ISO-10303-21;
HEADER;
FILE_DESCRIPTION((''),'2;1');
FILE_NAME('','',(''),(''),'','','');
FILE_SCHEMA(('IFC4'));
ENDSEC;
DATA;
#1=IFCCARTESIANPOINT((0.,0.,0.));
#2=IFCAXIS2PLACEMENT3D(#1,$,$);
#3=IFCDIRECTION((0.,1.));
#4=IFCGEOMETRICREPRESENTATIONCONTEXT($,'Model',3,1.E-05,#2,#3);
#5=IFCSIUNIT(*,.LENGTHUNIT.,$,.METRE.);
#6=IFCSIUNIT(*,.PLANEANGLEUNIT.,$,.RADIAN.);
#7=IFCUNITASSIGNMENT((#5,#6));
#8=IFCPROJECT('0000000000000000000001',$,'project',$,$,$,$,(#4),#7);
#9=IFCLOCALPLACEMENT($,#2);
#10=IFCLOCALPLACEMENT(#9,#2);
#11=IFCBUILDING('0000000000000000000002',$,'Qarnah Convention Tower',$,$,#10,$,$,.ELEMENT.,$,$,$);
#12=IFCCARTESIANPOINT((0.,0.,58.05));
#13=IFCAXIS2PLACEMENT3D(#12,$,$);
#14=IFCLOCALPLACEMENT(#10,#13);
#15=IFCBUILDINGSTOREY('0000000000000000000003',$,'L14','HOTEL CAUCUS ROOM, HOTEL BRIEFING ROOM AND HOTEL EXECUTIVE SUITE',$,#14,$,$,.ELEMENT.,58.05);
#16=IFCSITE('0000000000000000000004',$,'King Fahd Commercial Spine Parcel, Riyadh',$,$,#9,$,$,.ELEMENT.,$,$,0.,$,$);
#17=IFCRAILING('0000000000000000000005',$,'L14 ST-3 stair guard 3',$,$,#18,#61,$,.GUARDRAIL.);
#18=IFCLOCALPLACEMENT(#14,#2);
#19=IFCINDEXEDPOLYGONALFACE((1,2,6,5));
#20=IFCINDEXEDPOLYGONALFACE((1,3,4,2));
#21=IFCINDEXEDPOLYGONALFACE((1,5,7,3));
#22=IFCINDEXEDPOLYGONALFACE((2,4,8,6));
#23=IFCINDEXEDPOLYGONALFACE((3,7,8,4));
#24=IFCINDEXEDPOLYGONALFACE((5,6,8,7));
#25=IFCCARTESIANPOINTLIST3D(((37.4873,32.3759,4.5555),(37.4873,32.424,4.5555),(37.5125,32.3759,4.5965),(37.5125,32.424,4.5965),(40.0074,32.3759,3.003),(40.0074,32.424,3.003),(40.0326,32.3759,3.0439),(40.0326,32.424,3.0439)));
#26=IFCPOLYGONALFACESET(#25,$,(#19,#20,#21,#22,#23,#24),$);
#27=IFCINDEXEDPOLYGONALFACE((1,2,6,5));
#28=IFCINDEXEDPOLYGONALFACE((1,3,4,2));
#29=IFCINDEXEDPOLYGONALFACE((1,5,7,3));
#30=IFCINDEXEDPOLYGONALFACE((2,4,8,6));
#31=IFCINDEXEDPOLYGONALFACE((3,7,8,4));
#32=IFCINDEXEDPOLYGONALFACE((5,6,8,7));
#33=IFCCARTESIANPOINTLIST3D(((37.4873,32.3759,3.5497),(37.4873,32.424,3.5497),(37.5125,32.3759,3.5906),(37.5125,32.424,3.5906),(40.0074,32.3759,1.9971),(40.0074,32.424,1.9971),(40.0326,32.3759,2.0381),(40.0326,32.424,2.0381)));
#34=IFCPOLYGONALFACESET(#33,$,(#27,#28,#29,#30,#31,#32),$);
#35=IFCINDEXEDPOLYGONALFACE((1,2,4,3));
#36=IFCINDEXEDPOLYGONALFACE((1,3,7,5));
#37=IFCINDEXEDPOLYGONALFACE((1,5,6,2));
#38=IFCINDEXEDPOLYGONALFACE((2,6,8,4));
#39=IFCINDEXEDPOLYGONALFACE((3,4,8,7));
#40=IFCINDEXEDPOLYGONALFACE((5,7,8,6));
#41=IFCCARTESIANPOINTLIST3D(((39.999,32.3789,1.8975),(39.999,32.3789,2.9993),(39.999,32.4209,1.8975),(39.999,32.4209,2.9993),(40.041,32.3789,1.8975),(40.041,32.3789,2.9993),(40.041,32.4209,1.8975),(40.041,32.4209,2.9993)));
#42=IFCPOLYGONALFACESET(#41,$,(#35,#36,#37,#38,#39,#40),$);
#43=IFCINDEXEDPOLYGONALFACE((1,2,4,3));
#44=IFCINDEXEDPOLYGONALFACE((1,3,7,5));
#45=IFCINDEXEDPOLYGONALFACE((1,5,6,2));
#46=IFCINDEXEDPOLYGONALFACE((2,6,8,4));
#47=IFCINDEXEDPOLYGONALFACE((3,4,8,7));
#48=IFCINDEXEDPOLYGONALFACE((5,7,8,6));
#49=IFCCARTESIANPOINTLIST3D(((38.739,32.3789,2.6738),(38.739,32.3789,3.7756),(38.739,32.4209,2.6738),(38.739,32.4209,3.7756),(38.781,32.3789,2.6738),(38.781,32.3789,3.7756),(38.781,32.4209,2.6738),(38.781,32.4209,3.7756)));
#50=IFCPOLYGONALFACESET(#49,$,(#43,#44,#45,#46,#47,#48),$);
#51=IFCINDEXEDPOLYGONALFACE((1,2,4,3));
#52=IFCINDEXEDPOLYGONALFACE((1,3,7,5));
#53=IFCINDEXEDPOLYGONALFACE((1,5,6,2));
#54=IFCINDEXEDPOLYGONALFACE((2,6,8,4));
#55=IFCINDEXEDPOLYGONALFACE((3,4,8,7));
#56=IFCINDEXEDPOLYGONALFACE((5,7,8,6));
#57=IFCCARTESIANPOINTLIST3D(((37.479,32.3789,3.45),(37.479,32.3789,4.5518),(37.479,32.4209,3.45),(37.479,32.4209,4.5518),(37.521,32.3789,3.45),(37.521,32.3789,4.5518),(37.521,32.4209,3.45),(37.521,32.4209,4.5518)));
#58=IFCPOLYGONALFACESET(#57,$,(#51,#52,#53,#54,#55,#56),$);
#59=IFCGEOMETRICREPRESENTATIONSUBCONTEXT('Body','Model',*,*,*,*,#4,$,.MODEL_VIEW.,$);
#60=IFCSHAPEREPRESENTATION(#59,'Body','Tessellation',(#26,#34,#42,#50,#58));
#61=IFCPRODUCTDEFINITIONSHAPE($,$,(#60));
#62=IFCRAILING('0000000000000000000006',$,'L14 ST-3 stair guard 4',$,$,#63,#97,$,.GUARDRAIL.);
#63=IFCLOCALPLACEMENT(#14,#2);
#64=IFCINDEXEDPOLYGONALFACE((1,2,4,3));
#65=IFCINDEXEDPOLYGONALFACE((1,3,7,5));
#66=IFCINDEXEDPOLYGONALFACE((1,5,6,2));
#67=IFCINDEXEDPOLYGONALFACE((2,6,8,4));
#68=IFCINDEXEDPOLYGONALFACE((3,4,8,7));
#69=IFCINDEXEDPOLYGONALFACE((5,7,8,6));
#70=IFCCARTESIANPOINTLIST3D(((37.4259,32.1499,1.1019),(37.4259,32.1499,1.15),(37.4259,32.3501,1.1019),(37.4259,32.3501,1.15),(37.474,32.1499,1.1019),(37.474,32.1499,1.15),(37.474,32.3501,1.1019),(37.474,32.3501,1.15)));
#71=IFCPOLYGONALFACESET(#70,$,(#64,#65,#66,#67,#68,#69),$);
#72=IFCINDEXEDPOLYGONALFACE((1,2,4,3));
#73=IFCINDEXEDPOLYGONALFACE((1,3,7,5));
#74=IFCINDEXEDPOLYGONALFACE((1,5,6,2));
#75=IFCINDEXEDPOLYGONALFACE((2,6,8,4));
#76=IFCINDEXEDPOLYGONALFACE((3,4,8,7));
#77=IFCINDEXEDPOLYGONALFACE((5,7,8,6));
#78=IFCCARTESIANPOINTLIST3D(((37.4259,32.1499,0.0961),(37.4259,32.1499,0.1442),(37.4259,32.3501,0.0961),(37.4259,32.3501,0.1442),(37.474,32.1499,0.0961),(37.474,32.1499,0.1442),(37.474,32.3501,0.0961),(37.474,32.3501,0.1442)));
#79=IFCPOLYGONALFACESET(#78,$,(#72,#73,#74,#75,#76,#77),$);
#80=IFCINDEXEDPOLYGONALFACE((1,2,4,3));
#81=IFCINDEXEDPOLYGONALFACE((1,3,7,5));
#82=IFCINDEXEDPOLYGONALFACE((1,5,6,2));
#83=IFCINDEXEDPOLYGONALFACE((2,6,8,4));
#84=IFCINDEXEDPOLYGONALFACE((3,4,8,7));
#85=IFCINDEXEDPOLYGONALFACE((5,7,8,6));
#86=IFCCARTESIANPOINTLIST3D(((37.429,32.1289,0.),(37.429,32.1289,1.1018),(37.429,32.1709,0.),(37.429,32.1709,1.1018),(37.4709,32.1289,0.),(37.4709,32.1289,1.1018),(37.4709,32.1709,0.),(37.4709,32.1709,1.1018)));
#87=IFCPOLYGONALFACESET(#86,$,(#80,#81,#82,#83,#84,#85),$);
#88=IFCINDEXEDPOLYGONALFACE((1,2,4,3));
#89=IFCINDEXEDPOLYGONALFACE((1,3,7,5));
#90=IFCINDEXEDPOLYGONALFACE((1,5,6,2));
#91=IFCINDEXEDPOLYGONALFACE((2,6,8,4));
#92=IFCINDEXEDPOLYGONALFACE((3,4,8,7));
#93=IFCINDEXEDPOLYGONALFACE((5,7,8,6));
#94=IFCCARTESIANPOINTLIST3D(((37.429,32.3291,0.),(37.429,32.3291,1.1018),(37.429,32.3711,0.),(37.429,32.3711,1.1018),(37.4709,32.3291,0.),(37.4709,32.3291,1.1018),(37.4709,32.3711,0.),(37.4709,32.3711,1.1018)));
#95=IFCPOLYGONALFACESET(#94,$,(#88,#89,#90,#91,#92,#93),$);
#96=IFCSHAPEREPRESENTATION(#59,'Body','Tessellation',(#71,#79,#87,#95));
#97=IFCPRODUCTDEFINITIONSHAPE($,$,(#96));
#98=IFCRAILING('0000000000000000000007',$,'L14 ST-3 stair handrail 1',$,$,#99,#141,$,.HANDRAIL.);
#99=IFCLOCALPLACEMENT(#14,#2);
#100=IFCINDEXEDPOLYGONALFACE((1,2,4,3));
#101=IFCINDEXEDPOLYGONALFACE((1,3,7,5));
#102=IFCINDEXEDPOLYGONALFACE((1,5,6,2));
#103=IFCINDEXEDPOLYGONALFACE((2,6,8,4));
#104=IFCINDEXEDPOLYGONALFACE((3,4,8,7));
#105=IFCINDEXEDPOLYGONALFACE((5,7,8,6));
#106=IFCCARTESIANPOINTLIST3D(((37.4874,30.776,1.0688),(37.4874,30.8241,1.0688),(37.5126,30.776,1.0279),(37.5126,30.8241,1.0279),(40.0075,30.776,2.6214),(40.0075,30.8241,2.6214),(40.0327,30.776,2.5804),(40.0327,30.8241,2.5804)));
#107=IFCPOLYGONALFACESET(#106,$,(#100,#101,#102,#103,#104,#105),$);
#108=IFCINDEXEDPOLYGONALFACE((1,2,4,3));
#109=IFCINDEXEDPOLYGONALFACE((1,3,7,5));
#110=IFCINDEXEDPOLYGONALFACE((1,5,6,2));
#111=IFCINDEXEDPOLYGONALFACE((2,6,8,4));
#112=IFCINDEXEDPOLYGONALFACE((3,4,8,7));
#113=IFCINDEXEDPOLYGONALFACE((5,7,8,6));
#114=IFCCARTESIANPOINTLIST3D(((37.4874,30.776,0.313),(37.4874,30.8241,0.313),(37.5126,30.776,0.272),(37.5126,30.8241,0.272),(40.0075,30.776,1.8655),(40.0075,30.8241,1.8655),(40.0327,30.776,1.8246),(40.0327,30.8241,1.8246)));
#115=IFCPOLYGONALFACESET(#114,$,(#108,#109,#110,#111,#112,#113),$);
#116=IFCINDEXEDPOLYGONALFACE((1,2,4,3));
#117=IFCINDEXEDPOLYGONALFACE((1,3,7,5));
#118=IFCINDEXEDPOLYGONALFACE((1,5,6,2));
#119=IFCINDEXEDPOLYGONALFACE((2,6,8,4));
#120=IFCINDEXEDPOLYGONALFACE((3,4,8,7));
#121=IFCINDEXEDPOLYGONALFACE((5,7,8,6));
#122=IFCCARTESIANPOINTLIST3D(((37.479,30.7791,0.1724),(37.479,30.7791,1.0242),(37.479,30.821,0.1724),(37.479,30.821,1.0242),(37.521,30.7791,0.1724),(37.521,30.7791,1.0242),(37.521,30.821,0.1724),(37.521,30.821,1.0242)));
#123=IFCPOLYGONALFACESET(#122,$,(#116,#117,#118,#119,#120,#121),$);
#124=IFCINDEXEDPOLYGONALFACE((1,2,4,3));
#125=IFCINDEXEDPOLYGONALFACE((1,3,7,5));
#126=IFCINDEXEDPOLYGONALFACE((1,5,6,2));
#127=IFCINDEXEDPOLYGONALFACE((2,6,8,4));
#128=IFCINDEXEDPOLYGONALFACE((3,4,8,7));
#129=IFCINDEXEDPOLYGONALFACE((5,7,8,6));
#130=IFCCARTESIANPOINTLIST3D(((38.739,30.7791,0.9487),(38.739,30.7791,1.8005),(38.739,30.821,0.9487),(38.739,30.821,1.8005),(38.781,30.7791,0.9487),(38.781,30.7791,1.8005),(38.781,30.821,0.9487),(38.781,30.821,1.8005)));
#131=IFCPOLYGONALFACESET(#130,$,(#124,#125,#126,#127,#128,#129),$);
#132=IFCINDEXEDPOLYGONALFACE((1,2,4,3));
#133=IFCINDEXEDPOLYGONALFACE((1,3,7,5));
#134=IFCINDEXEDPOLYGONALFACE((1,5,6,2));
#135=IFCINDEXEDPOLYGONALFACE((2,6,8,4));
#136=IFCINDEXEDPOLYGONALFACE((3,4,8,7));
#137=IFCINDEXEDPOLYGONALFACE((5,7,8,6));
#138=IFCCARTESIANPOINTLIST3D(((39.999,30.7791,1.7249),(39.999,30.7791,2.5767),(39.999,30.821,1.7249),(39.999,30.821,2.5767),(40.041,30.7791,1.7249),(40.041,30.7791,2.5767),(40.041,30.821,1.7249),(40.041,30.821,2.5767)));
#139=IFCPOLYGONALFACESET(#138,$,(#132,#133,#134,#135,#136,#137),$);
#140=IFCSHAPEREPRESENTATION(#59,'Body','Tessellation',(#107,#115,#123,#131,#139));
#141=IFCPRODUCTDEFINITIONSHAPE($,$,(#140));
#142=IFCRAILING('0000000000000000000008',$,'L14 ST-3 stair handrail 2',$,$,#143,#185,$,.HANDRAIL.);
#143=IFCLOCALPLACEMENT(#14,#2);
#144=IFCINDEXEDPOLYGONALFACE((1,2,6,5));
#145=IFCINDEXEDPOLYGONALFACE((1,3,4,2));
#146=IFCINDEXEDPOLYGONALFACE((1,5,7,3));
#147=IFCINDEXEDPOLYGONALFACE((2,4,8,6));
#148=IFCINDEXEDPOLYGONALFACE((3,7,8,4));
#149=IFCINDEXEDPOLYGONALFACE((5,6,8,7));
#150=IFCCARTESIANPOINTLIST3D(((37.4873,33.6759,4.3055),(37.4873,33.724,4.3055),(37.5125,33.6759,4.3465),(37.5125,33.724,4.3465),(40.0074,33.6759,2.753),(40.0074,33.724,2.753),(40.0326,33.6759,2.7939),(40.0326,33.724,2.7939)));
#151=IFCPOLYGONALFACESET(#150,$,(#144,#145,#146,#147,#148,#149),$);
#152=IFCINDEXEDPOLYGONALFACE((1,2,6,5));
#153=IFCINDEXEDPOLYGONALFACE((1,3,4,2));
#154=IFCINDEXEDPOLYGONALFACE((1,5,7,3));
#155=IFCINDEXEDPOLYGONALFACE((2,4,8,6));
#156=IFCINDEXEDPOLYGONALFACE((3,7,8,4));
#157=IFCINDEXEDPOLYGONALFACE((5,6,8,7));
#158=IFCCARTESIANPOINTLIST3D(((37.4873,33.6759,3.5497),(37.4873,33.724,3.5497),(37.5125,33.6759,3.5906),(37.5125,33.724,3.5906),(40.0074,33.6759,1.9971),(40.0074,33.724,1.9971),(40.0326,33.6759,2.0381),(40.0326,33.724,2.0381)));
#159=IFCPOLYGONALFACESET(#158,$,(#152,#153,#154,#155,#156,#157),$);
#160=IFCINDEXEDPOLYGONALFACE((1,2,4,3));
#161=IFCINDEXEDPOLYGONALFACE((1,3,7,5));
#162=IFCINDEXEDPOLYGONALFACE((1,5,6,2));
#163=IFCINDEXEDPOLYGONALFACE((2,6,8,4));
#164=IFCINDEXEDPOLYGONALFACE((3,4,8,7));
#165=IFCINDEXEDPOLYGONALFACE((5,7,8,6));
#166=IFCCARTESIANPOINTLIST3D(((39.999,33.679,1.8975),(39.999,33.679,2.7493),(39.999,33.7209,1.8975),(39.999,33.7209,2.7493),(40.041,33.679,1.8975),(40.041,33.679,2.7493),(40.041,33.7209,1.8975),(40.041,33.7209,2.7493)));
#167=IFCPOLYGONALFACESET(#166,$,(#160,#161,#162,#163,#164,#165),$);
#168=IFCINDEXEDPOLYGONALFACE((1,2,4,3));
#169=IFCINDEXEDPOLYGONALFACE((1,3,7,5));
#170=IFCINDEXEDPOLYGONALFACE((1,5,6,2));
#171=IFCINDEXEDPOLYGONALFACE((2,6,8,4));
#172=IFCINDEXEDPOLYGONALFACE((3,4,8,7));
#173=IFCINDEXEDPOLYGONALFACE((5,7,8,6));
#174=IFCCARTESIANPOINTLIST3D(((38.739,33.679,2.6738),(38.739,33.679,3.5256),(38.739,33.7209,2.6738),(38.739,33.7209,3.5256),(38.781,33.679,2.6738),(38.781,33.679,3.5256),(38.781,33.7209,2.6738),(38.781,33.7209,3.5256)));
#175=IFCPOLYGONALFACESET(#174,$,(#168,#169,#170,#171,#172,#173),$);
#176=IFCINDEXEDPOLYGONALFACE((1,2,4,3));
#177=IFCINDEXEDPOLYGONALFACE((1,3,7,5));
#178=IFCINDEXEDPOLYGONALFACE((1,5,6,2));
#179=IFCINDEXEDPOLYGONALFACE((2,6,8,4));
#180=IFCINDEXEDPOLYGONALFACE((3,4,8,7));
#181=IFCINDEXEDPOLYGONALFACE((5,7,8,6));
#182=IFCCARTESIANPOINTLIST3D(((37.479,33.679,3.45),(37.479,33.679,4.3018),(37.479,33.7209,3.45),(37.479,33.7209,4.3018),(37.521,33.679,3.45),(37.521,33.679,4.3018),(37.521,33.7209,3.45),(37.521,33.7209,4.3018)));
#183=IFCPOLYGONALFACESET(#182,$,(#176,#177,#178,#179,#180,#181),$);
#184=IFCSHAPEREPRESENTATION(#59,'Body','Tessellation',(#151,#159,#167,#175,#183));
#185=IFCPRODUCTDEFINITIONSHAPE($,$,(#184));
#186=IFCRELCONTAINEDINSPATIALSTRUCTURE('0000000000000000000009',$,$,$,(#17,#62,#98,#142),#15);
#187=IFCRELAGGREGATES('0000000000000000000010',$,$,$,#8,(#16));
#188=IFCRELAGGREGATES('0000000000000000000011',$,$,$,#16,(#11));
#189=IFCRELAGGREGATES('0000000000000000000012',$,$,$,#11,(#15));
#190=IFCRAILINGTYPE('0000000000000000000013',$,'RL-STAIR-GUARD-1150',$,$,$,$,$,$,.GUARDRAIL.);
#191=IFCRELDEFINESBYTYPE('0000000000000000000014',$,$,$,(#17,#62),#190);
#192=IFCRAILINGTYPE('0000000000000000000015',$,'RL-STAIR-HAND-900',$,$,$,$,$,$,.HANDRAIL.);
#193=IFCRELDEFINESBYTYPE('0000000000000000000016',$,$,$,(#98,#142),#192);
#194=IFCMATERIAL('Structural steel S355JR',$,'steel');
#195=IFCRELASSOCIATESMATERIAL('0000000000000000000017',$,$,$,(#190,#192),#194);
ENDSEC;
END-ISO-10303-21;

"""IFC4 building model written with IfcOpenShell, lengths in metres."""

from ifc_helpers import new_model, si_unit, direction, frame, origin, origin_2d, place, context, subcontext, project, spatial, rectangle, extrude, material, type_object, element, save


model = new_model("IFC4")

# Units and contexts
model_context = context("Model", 3, precision=1e-05, world=origin(), true_north=direction((0.0, 1.0)))
body_context = subcontext(model_context, "Body", "Model", "MODEL_VIEW")
ifc_project = project(units=[si_unit("LENGTHUNIT", "METRE"), si_unit("PLANEANGLEUNIT", "RADIAN")], contexts=[model_context])

# Site, building, storey
site_placement = place(None, origin())
site = spatial("IfcSite", under=ifc_project, at=site_placement, Name="King Fahd Commercial Spine Parcel, Riyadh", CompositionType="ELEMENT", RefElevation=0.0)
building_placement = place(site_placement, origin())
building = spatial("IfcBuilding", under=site, at=building_placement, Name="Qarnah Convention Tower", CompositionType="ELEMENT")
storey_placement = place(building_placement, frame((0.0, 0.0, 58.05)))
storey = spatial("IfcBuildingStorey", under=building, at=storey_placement, Name="L14", Description="HOTEL CAUCUS ROOM, HOTEL BRIEFING ROOM AND HOTEL EXECUTIVE SUITE", CompositionType="ELEMENT", Elevation=58.05)

# Shared definitions
ifc_material_1 = material(Name="Structural steel S355JR", Category="steel")

# Railings
railing_type_1 = type_object("IfcRailingType", Name="RL-STAIR-GUARD-1150", PredefinedType="GUARDRAIL", material=ifc_material_1)
railing_1_placement = place(storey_placement, frame((40.02, 32.3999, 1.8975)))
element("IfcRailing", 1, at=railing_1_placement, inside=storey, type_object=railing_type_1, Name="L14 ST-3 stair guard 3", PredefinedType="GUARDRAIL", context=body_context, shape_type="SweptSolid", body=[
    extrude(rectangle(XDim=0.0481, YDim=0.0481, at=origin_2d()), frame((0.0, 0.0, 1.126), z_axis=(-0.8514, 0.0, 0.524516), x_axis=(0.0, -1.0, 0.0)), (0.0, 0.0, 1.0), 2.96),
    extrude(rectangle(XDim=0.0481, YDim=0.0481, at=origin_2d()), frame((0.0, 0.0, 0.1201), z_axis=(-0.8514, 0.0, 0.524516), x_axis=(0.0, -1.0, 0.0)), (0.0, 0.0, 1.0), 2.96),
    extrude(rectangle(XDim=0.042, YDim=0.042, at=origin_2d()), origin(), (0.0, 0.0, 1.0), 1.1018),
    extrude(rectangle(XDim=0.042, YDim=0.042, at=origin_2d()), frame((-1.26, 0.0, 0.7764)), (0.0, 0.0, 1.0), 1.1018),
    extrude(rectangle(XDim=0.042, YDim=0.042, at=origin_2d()), frame((-2.52, 0.0, 1.5525)), (0.0, 0.0, 1.0), 1.1018),
])
railing_2_placement = place(storey_placement, frame((37.45, 32.1499, 0.0)))
element("IfcRailing", 2, at=railing_2_placement, inside=storey, type_object=railing_type_1, Name="L14 ST-3 stair guard 4", PredefinedType="GUARDRAIL", context=body_context, shape_type="SweptSolid", body=[
    extrude(rectangle(XDim=0.0481, YDim=0.0481, at=origin_2d()), frame((0.0, 0.0, 1.126), z_axis=(0.0, 1.0, 0.0), x_axis=(-1.0, 0.0, 0.0)), (0.0, 0.0, 1.0), 0.2002),
    extrude(rectangle(XDim=0.0481, YDim=0.0481, at=origin_2d()), frame((0.0, 0.0, 0.1201), z_axis=(0.0, 1.0, 0.0), x_axis=(-1.0, 0.0, 0.0)), (0.0, 0.0, 1.0), 0.2002),
    extrude(rectangle(XDim=0.042, YDim=0.042, at=origin_2d()), origin(), (0.0, 0.0, 1.0), 1.1018),
    extrude(rectangle(XDim=0.042, YDim=0.042, at=origin_2d()), frame((0.0, 0.2002, 0.0)), (0.0, 0.0, 1.0), 1.1018),
])
railing_type_2 = type_object("IfcRailingType", Name="RL-STAIR-HAND-900", PredefinedType="HANDRAIL", material=ifc_material_1)
railing_3_placement = place(storey_placement, frame((37.5, 30.8, 0.1724)))
element("IfcRailing", 3, at=railing_3_placement, inside=storey, type_object=railing_type_2, Name="L14 ST-3 stair handrail 1", PredefinedType="HANDRAIL", context=body_context, shape_type="SweptSolid", body=[
    extrude(rectangle(XDim=0.0481, YDim=0.0481, at=origin_2d()), frame((0.0, 0.0, 0.876), z_axis=(0.8514, 0.0, 0.524516), x_axis=(0.0, 1.0, 0.0)), (0.0, 0.0, 1.0), 2.96),
    extrude(rectangle(XDim=0.0481, YDim=0.0481, at=origin_2d()), frame((0.0, 0.0, 0.1201), z_axis=(0.8514, 0.0, 0.524516), x_axis=(0.0, 1.0, 0.0)), (0.0, 0.0, 1.0), 2.96),
    extrude(rectangle(XDim=0.042, YDim=0.042, at=origin_2d()), origin(), (0.0, 0.0, 1.0), 0.8518),
    extrude(rectangle(XDim=0.042, YDim=0.042, at=origin_2d()), frame((1.26, 0.0, 0.7764)), (0.0, 0.0, 1.0), 0.8518),
    extrude(rectangle(XDim=0.042, YDim=0.042, at=origin_2d()), frame((2.52, 0.0, 1.5525)), (0.0, 0.0, 1.0), 0.8518),
])
railing_4_placement = place(storey_placement, frame((40.02, 33.7, 1.8975)))
element("IfcRailing", 4, at=railing_4_placement, inside=storey, type_object=railing_type_2, Name="L14 ST-3 stair handrail 2", PredefinedType="HANDRAIL", context=body_context, shape_type="SweptSolid", body=[
    extrude(rectangle(XDim=0.0481, YDim=0.0481, at=origin_2d()), frame((0.0, 0.0, 0.876), z_axis=(-0.8514, 0.0, 0.524516), x_axis=(0.0, -1.0, 0.0)), (0.0, 0.0, 1.0), 2.96),
    extrude(rectangle(XDim=0.0481, YDim=0.0481, at=origin_2d()), frame((0.0, 0.0, 0.1201), z_axis=(-0.8514, 0.0, 0.524516), x_axis=(0.0, -1.0, 0.0)), (0.0, 0.0, 1.0), 2.96),
    extrude(rectangle(XDim=0.042, YDim=0.042, at=origin_2d()), origin(), (0.0, 0.0, 1.0), 0.8518),
    extrude(rectangle(XDim=0.042, YDim=0.042, at=origin_2d()), frame((-1.26, 0.0, 0.7764)), (0.0, 0.0, 1.0), 0.8518),
    extrude(rectangle(XDim=0.042, YDim=0.042, at=origin_2d()), frame((-2.52, 0.0, 1.5525)), (0.0, 0.0, 1.0), 0.8518),
])

save(model, "model.ifc")
